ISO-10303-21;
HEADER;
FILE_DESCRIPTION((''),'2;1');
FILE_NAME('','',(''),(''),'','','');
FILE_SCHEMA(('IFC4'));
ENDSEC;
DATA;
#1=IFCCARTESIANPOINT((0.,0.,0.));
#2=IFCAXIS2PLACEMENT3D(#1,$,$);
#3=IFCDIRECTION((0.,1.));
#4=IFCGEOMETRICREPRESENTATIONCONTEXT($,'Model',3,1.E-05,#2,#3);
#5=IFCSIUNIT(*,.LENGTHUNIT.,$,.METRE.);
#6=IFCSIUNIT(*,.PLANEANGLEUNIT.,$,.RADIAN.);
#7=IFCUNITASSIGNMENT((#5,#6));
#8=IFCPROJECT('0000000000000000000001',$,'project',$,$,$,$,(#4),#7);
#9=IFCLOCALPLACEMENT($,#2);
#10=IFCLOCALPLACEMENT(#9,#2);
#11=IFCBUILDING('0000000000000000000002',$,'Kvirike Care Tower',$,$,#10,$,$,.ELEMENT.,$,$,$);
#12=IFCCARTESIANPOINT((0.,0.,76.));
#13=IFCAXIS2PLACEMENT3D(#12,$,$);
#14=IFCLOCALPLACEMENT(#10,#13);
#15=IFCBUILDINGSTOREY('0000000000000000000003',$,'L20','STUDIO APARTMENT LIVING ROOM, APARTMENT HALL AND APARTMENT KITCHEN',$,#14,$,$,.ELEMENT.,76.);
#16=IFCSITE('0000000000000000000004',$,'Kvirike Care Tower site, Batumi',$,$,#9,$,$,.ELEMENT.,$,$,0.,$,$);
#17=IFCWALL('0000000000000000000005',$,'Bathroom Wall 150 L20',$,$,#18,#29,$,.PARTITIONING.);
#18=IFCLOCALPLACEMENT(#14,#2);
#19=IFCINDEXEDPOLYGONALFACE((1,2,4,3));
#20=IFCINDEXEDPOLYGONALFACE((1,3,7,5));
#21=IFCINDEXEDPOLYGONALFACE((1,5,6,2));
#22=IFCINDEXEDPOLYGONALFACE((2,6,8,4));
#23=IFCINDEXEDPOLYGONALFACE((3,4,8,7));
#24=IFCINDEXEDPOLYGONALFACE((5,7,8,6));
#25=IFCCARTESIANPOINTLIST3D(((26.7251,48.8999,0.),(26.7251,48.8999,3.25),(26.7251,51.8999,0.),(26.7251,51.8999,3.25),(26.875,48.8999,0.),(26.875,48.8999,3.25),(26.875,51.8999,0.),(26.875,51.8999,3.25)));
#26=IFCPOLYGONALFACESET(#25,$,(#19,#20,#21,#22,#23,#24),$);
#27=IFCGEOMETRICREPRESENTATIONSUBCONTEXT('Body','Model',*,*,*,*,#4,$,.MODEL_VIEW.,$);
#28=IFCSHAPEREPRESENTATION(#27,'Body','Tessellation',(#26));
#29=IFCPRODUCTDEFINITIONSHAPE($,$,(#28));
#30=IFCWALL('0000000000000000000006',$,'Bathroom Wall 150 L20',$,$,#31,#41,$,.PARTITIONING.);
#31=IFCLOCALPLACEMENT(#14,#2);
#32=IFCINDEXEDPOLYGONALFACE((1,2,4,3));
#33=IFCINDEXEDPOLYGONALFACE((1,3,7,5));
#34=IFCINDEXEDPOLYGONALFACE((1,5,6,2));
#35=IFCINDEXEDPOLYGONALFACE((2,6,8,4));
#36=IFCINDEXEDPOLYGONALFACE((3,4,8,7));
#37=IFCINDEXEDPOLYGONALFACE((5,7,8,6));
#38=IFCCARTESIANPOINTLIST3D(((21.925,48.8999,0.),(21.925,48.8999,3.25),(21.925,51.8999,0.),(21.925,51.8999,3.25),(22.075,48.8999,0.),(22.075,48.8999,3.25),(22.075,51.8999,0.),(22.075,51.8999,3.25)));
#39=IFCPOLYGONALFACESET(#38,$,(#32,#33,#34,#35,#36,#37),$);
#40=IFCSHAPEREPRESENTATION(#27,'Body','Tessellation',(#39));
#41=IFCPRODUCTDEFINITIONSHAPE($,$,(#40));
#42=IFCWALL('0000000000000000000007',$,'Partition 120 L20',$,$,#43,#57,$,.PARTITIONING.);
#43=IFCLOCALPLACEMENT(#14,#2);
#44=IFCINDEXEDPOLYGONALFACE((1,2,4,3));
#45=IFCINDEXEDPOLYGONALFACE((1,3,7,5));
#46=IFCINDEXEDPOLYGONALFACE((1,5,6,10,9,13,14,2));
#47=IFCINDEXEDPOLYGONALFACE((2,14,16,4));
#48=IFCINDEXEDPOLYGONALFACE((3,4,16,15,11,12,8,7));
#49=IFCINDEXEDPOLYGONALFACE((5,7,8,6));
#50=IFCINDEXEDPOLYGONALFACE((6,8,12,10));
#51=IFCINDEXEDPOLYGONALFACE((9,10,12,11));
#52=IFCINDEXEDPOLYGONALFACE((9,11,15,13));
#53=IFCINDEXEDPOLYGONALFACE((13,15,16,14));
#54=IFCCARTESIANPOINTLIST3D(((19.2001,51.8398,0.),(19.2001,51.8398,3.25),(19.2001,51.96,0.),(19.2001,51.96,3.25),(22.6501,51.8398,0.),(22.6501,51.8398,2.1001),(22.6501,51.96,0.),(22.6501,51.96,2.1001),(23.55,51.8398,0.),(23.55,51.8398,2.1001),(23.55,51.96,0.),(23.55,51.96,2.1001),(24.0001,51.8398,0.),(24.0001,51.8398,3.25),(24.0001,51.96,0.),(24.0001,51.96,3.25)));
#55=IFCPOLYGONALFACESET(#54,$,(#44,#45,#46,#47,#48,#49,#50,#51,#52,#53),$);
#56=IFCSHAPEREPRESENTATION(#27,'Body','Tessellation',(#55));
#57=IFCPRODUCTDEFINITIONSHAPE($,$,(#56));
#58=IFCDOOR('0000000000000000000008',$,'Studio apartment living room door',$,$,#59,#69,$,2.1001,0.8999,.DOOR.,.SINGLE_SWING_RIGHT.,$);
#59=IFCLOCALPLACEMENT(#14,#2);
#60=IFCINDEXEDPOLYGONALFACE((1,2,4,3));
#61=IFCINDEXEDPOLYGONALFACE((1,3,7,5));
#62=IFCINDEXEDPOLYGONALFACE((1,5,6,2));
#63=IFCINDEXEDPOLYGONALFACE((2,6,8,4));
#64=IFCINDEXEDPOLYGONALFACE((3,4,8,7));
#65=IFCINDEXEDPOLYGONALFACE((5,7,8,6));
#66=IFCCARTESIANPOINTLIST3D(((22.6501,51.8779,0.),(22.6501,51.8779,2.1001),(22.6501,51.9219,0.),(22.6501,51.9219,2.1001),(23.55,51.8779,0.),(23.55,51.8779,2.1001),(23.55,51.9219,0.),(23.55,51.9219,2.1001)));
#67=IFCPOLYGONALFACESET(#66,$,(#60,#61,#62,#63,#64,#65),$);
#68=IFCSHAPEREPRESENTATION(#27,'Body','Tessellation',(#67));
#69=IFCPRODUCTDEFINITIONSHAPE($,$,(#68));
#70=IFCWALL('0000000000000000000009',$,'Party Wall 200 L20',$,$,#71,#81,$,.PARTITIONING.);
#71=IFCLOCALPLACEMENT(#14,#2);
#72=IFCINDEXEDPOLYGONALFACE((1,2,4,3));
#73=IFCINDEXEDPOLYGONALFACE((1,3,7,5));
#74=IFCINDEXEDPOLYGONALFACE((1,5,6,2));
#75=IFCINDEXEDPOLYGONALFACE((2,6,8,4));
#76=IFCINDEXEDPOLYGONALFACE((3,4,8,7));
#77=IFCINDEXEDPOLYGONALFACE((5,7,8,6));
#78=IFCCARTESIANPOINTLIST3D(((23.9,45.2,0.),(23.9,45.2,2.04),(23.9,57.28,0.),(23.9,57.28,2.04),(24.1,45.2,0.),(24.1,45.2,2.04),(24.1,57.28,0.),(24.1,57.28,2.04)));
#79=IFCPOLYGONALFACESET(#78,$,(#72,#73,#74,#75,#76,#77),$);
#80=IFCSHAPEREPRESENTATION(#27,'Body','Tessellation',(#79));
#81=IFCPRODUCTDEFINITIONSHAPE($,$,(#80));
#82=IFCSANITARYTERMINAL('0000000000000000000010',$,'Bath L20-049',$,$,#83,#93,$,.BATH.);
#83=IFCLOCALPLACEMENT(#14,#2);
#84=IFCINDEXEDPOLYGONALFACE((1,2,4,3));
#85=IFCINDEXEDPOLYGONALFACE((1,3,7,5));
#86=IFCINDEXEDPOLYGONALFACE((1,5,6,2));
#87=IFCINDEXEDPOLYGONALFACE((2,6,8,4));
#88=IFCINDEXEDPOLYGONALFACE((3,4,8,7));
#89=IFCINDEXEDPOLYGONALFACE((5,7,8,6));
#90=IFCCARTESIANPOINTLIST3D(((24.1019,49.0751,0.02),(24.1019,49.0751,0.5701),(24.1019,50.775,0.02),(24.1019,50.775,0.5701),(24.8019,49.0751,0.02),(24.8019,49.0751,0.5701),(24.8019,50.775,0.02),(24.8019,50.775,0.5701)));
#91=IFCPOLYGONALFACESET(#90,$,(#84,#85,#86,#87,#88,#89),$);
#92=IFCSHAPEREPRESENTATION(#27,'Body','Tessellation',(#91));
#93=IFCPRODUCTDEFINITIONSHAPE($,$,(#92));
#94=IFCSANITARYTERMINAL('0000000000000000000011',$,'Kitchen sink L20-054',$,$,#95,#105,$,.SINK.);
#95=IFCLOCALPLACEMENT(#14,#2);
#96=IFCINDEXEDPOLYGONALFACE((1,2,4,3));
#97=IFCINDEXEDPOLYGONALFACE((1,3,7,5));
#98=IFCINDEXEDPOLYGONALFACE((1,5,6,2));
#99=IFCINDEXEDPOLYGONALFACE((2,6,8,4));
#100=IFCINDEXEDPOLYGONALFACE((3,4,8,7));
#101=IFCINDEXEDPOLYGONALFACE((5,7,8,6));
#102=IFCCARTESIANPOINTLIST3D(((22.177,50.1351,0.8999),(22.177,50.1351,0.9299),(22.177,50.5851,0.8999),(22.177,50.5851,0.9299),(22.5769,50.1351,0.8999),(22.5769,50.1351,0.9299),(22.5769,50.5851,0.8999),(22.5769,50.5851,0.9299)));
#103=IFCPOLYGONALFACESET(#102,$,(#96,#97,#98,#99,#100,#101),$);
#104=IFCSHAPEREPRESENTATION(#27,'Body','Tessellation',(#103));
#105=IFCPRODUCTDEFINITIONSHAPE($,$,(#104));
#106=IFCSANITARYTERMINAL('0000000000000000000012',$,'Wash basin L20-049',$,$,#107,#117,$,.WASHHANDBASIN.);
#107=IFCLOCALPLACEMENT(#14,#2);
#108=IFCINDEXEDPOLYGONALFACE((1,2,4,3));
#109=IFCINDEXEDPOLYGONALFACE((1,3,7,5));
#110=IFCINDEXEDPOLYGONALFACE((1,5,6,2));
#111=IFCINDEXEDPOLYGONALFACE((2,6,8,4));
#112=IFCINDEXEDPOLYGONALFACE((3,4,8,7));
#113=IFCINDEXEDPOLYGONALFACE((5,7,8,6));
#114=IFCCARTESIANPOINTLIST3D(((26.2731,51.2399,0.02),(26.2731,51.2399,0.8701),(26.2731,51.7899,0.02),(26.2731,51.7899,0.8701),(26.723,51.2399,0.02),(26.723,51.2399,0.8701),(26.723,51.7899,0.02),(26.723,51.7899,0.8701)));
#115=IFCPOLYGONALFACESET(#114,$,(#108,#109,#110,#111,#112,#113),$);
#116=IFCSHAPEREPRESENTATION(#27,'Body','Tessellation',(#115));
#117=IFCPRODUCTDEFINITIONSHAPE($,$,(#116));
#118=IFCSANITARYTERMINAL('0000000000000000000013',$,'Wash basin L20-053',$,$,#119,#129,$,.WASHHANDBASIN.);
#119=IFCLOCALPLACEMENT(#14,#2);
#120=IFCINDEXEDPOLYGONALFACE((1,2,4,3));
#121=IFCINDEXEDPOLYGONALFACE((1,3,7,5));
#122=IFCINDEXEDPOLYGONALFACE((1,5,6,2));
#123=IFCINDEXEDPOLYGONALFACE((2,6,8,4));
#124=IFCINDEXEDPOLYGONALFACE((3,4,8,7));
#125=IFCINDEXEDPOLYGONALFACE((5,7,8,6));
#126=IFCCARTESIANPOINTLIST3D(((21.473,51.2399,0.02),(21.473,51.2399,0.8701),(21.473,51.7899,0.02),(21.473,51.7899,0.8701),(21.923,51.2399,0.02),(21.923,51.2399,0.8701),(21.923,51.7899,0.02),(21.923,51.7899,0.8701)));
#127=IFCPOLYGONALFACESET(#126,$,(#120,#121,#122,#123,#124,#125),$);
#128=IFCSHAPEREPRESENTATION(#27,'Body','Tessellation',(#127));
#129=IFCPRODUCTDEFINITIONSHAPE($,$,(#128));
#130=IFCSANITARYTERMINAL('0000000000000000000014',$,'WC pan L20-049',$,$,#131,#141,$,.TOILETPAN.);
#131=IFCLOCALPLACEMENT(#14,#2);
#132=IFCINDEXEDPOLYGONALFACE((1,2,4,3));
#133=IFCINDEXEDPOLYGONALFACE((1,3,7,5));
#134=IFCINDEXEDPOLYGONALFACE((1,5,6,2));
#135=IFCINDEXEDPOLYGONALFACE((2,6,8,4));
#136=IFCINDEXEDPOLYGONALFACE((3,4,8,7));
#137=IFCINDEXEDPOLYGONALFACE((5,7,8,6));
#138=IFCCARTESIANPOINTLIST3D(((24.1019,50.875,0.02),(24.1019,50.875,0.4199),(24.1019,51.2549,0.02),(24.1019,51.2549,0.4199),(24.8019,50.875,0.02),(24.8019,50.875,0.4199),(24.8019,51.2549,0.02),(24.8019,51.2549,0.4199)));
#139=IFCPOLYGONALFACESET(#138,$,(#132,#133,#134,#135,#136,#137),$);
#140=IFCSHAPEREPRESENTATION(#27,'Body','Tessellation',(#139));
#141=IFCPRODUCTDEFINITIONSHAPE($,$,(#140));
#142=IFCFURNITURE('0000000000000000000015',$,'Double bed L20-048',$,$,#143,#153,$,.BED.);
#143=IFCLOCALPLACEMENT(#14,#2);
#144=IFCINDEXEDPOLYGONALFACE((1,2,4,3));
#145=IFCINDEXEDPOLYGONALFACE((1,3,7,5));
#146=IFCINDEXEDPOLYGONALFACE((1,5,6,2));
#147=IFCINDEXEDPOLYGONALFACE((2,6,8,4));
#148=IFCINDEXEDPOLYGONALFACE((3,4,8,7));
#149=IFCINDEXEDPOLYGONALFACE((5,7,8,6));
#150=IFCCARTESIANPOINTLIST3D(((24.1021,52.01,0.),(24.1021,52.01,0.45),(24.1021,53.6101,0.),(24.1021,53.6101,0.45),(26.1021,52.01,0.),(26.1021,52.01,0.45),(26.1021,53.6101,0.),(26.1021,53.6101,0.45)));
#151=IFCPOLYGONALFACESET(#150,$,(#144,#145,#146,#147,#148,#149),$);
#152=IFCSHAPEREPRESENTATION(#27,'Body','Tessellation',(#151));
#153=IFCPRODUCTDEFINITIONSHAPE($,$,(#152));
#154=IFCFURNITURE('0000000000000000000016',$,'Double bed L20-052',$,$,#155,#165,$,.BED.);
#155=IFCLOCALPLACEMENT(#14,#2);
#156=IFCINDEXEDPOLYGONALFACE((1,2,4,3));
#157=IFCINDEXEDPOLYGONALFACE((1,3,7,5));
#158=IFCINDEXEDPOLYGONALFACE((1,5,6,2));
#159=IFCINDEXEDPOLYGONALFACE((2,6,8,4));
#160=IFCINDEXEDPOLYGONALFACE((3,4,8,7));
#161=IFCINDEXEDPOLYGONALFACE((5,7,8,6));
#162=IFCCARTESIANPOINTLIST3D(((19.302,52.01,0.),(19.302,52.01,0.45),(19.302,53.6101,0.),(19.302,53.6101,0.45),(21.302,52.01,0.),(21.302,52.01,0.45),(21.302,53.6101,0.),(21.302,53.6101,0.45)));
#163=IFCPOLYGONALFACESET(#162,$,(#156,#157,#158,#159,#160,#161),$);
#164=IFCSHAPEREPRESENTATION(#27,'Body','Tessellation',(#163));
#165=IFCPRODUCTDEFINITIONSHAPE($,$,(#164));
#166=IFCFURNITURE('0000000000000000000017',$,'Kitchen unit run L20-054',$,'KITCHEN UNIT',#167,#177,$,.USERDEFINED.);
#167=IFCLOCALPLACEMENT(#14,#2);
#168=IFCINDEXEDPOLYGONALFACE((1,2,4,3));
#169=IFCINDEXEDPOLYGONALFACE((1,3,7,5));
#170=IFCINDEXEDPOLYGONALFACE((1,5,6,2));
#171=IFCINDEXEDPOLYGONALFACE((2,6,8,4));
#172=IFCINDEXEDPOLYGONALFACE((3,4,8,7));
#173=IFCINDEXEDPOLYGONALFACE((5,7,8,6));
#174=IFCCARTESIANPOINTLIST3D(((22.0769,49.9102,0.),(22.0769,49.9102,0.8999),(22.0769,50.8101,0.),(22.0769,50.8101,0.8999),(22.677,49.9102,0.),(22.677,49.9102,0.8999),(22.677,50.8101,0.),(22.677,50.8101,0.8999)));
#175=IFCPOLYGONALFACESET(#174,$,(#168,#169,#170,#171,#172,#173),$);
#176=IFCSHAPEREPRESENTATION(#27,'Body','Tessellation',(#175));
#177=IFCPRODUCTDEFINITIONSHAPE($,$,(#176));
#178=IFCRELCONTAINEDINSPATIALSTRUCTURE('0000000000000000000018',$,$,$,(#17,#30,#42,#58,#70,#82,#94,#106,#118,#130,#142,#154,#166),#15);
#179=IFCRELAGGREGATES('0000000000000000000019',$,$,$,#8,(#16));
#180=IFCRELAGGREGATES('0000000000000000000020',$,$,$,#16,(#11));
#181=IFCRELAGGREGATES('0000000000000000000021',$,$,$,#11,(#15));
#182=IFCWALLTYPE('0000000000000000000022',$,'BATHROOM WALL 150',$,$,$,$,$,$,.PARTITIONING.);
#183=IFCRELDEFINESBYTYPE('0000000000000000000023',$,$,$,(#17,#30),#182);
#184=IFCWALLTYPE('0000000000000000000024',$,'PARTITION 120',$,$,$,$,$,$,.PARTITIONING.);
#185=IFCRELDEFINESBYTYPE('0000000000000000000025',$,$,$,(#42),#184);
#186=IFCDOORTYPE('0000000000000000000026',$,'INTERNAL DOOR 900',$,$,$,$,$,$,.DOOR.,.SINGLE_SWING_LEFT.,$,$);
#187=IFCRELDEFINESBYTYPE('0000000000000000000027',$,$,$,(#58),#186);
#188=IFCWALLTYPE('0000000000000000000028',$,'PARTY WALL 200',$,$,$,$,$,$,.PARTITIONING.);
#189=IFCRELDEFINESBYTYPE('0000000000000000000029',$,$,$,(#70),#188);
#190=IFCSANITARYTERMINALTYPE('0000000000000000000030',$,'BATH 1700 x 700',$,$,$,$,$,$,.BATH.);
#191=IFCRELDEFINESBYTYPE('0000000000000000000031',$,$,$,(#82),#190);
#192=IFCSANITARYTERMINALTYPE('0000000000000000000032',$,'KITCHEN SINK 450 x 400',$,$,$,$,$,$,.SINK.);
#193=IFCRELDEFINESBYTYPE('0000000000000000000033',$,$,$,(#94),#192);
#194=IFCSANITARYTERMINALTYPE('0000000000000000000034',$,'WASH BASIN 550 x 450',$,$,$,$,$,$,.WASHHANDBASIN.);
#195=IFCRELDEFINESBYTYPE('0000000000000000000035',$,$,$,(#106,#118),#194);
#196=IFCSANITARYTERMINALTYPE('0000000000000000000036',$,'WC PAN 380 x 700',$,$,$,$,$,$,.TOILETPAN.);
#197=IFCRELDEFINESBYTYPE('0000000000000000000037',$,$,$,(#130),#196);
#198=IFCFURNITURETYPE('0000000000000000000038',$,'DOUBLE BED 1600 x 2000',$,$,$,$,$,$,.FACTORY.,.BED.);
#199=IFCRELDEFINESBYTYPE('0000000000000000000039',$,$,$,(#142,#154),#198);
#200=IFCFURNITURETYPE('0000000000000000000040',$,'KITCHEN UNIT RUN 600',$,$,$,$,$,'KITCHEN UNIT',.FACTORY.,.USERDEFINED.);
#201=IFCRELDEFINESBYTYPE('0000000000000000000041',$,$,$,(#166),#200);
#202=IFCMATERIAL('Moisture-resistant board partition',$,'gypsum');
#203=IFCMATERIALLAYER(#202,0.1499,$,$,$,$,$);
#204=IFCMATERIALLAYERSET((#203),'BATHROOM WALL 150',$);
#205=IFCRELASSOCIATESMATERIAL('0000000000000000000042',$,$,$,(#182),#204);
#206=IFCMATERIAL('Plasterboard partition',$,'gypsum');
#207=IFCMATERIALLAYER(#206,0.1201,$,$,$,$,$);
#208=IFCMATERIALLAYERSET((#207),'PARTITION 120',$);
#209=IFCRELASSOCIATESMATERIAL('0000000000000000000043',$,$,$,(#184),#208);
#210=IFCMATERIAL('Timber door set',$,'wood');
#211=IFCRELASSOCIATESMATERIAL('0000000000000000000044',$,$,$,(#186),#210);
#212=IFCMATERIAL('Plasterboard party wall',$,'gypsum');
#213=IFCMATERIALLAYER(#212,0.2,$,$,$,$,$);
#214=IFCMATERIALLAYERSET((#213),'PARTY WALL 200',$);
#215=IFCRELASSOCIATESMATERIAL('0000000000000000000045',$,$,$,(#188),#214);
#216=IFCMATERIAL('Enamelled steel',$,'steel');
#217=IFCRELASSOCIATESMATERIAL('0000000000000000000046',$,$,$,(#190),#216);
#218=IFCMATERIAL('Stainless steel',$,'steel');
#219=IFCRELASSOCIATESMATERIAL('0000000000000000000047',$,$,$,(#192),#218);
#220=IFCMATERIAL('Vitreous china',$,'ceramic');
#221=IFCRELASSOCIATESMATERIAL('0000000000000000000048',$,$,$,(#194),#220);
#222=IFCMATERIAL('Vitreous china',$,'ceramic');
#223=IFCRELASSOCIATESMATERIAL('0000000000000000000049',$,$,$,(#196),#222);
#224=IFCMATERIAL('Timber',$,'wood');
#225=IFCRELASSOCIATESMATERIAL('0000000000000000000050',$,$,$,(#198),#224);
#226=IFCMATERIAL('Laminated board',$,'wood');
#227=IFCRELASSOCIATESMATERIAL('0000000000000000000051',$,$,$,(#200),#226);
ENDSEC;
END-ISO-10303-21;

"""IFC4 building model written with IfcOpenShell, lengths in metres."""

from ifc_helpers import new_model, si_unit, direction, frame, frame_2d, origin, origin_2d, place, context, subcontext, project, spatial, rectangle, extrude, material, layer, layer_set, type_object, element, fill, save


model = new_model("IFC4")

# Units and contexts
model_context = context("Model", 3, precision=1e-05, world=origin(), true_north=direction((0.0, 1.0)))
body_context = subcontext(model_context, "Body", "Model", "MODEL_VIEW")
ifc_project = project(units=[si_unit("LENGTHUNIT", "METRE"), si_unit("PLANEANGLEUNIT", "RADIAN")], contexts=[model_context])

# Site, building, storey
site_placement = place(None, origin())
site = spatial("IfcSite", under=ifc_project, at=site_placement, Name="Kvirike Care Tower site, Batumi", CompositionType="ELEMENT", RefElevation=0.0)
building_placement = place(site_placement, origin())
building = spatial("IfcBuilding", under=site, at=building_placement, Name="Kvirike Care Tower", CompositionType="ELEMENT")
storey_placement = place(building_placement, frame((0.0, 0.0, 76.0)))
storey = spatial("IfcBuildingStorey", under=building, at=storey_placement, Name="L20", Description="STUDIO APARTMENT LIVING ROOM, APARTMENT HALL AND APARTMENT KITCHEN", CompositionType="ELEMENT", Elevation=76.0)

# Walls
ifc_material_1 = material(Name="Moisture-resistant board partition", Category="gypsum")
ifc_layer_1 = layer(ifc_material_1, 0.1499)
ifc_layer_set_1 = layer_set([ifc_layer_1], Name="BATHROOM WALL 150")
wall_type_1 = type_object("IfcWallType", Name="BATHROOM WALL 150", PredefinedType="PARTITIONING", material=ifc_layer_set_1)
for number, where, z_axis, x_axis, name in (
    (1, (26.8, 51.8999, 0.0), (0.0, 0.0, 1.0), (0.0, -1.0, 0.0), "Bathroom Wall 150 L20"),
    (2, (22.0, 51.8999, 0.0), (0.0, 0.0, 1.0), (0.0, -1.0, 0.0), "Bathroom Wall 150 L20"),
):
    element("IfcWall", number, at=place(storey_placement, frame(where, z_axis=z_axis, x_axis=x_axis)), inside=storey, type_object=wall_type_1, Name=name, PredefinedType="PARTITIONING", context=body_context, shape_type="SweptSolid", body=[
        extrude(rectangle(XDim=3.0, YDim=0.1499, at=frame_2d((1.5, 0.0))), origin(), (0.0, 0.0, 1.0), 3.25),
    ])

# Wall, opening, door
ifc_material_2 = material(Name="Plasterboard partition", Category="gypsum")
ifc_layer_2 = layer(ifc_material_2, 0.1201)
ifc_layer_set_2 = layer_set([ifc_layer_2], Name="PARTITION 120")
wall_type_2 = type_object("IfcWallType", Name="PARTITION 120", PredefinedType="PARTITIONING", material=ifc_layer_set_2)
wall_1_placement = place(storey_placement, frame((24.0, 51.8999, 0.0), z_axis=(0.0, 0.0, 1.0), x_axis=(-1.0, 0.0, 0.0)))
wall_1 = element("IfcWall", 3, at=wall_1_placement, inside=storey, type_object=wall_type_2, Name="Partition 120 L20", PredefinedType="PARTITIONING", context=body_context, shape_type="SweptSolid", body=[
    extrude(rectangle(XDim=4.8, YDim=0.1201, at=frame_2d((2.3999, 0.0))), origin(), (0.0, 0.0, 1.0), 3.25),
])
opening_placement = place(wall_1_placement, frame((0.45, 0.0, 0.0)))
opening = element("IfcOpeningElement", 4, at=opening_placement, cuts=wall_1, PredefinedType="OPENING", context=body_context, shape_type="SweptSolid", body=[
    extrude(rectangle(XDim=0.8999, YDim=2.1001, at=frame_2d((0.45, 1.05))), frame((0.0, 0.0706, 0.0), z_axis=(0.0, -1.0, 0.0), x_axis=(1.0, 0.0, 0.0)), (0.0, 0.0, 1.0), 0.1411),
])
ifc_material_3 = material(Name="Timber door set", Category="wood")
door_type = type_object("IfcDoorType", Name="INTERNAL DOOR 900", OperationType="SINGLE_SWING_LEFT", PredefinedType="DOOR", material=ifc_material_3)
door_placement = place(opening_placement, origin())
door = element("IfcDoor", 5, at=door_placement, inside=storey, type_object=door_type, Name="Studio apartment living room door", OperationType="SINGLE_SWING_RIGHT", OverallHeight=2.1001, OverallWidth=0.8999, PredefinedType="DOOR", context=body_context, shape_type="SweptSolid", body=[
    extrude(rectangle(XDim=0.8999, YDim=2.1001, at=frame_2d((0.45, 1.05))), frame((0.0, 0.022, 0.0), z_axis=(0.0, -1.0, 0.0), x_axis=(1.0, 0.0, 0.0)), (0.0, 0.0, 1.0), 0.0439),
])
fill(opening, door)

# Wall
ifc_material_4 = material(Name="Plasterboard party wall", Category="gypsum")
ifc_layer_3 = layer(ifc_material_4, 0.2)
ifc_layer_set_3 = layer_set([ifc_layer_3], Name="PARTY WALL 200")
wall_type_3 = type_object("IfcWallType", Name="PARTY WALL 200", PredefinedType="PARTITIONING", material=ifc_layer_set_3)
wall_2_placement = place(storey_placement, frame((24.0, 57.28, 0.0), z_axis=(0.0, 0.0, 1.0), x_axis=(0.0, -1.0, 0.0)))
element("IfcWall", 6, at=wall_2_placement, inside=storey, type_object=wall_type_3, Name="Party Wall 200 L20", PredefinedType="PARTITIONING", context=body_context, shape_type="SweptSolid", body=[
    extrude(rectangle(XDim=12.0801, YDim=0.2, at=frame_2d((6.04, 0.0))), origin(), (0.0, 0.0, 1.0), 2.04),
])

# Sanitary terminals
ifc_material_5 = material(Name="Enamelled steel", Category="steel")
sanitary_terminal_type_1 = type_object("IfcSanitaryTerminalType", Name="BATH 1700 x 700", PredefinedType="BATH", material=ifc_material_5)
sanitary_terminal_1_placement = place(storey_placement, frame((24.4519, 49.925, 0.02), z_axis=(0.0, 0.0, 1.0), x_axis=(0.0, 1.0, 0.0)))
element("IfcSanitaryTerminal", 7, at=sanitary_terminal_1_placement, inside=storey, type_object=sanitary_terminal_type_1, Name="Bath L20-049", PredefinedType="BATH", context=body_context, shape_type="SweptSolid", body=[
    extrude(rectangle(XDim=1.7, YDim=0.7, at=origin_2d()), origin(), (0.0, 0.0, 1.0), 0.55),
])
ifc_material_6 = material(Name="Stainless steel", Category="steel")
sanitary_terminal_type_2 = type_object("IfcSanitaryTerminalType", Name="KITCHEN SINK 450 x 400", PredefinedType="SINK", material=ifc_material_6)
sanitary_terminal_2_placement = place(storey_placement, frame((22.377, 50.3601, 0.8999), z_axis=(0.0, 0.0, 1.0), x_axis=(0.0, 1.0, 0.0)))
element("IfcSanitaryTerminal", 8, at=sanitary_terminal_2_placement, inside=storey, type_object=sanitary_terminal_type_2, Name="Kitchen sink L20-054", PredefinedType="SINK", context=body_context, shape_type="SweptSolid", body=[
    extrude(rectangle(XDim=0.45, YDim=0.3999, at=origin_2d()), origin(), (0.0, 0.0, 1.0), 0.03),
])
ifc_material_7 = material(Name="Vitreous china", Category="ceramic")
sanitary_terminal_type_3 = type_object("IfcSanitaryTerminalType", Name="WASH BASIN 550 x 450", PredefinedType="WASHHANDBASIN", material=ifc_material_7)
for number, where, z_axis, x_axis, name in (
    (9, (26.498, 51.5149, 0.02), (0.0, 0.0, 1.0), (0.0, -1.0, 0.0), "Wash basin L20-049"),
    (10, (21.698, 51.5149, 0.02), (0.0, 0.0, 1.0), (0.0, -1.0, 0.0), "Wash basin L20-053"),
):
    element("IfcSanitaryTerminal", number, at=place(storey_placement, frame(where, z_axis=z_axis, x_axis=x_axis)), inside=storey, type_object=sanitary_terminal_type_3, Name=name, PredefinedType="WASHHANDBASIN", context=body_context, shape_type="SweptSolid", body=[
        extrude(rectangle(XDim=0.55, YDim=0.45, at=origin_2d()), origin(), (0.0, 0.0, 1.0), 0.8501),
    ])
ifc_material_8 = material(Name="Vitreous china", Category="ceramic")
sanitary_terminal_type_4 = type_object("IfcSanitaryTerminalType", Name="WC PAN 380 x 700", PredefinedType="TOILETPAN", material=ifc_material_8)
sanitary_terminal_3_placement = place(storey_placement, frame((24.4519, 51.0649, 0.02), z_axis=(0.0, 0.0, 1.0), x_axis=(0.0, 1.0, 0.0)))
element("IfcSanitaryTerminal", 11, at=sanitary_terminal_3_placement, inside=storey, type_object=sanitary_terminal_type_4, Name="WC pan L20-049", PredefinedType="TOILETPAN", context=body_context, shape_type="SweptSolid", body=[
    extrude(rectangle(XDim=0.3799, YDim=0.7, at=origin_2d()), origin(), (0.0, 0.0, 1.0), 0.3999),
])

# Furniture
ifc_material_9 = material(Name="Timber", Category="wood")
furniture_type_1 = type_object("IfcFurnitureType", Name="DOUBLE BED 1600 x 2000", AssemblyPlace="FACTORY", PredefinedType="BED", material=ifc_material_9)
for number, where, z_axis, x_axis, name in (
    (12, (25.1021, 52.8101, 0.0), (0.0, 0.0, 1.0), (0.0, 1.0, 0.0), "Double bed L20-048"),
    (13, (20.302, 52.8101, 0.0), (0.0, 0.0, 1.0), (0.0, 1.0, 0.0), "Double bed L20-052"),
):
    element("IfcFurniture", number, at=place(storey_placement, frame(where, z_axis=z_axis, x_axis=x_axis)), inside=storey, type_object=furniture_type_1, Name=name, PredefinedType="BED", context=body_context, shape_type="SweptSolid", body=[
        extrude(rectangle(XDim=1.6001, YDim=2.0, at=origin_2d()), origin(), (0.0, 0.0, 1.0), 0.45),
    ])
ifc_material_10 = material(Name="Laminated board", Category="wood")
furniture_type_2 = type_object("IfcFurnitureType", Name="KITCHEN UNIT RUN 600", ElementType="KITCHEN UNIT", AssemblyPlace="FACTORY", PredefinedType="USERDEFINED", material=ifc_material_10)
furniture_placement = place(storey_placement, frame((22.377, 50.3601, 0.0), z_axis=(0.0, 0.0, 1.0), x_axis=(0.0, 1.0, 0.0)))
element("IfcFurniture", 14, at=furniture_placement, inside=storey, type_object=furniture_type_2, Name="Kitchen unit run L20-054", ObjectType="KITCHEN UNIT", PredefinedType="USERDEFINED", context=body_context, shape_type="SweptSolid", body=[
    extrude(rectangle(XDim=0.8999, YDim=0.6001, at=origin_2d()), origin(), (0.0, 0.0, 1.0), 0.8999),
])

save(model, "model.ifc")
